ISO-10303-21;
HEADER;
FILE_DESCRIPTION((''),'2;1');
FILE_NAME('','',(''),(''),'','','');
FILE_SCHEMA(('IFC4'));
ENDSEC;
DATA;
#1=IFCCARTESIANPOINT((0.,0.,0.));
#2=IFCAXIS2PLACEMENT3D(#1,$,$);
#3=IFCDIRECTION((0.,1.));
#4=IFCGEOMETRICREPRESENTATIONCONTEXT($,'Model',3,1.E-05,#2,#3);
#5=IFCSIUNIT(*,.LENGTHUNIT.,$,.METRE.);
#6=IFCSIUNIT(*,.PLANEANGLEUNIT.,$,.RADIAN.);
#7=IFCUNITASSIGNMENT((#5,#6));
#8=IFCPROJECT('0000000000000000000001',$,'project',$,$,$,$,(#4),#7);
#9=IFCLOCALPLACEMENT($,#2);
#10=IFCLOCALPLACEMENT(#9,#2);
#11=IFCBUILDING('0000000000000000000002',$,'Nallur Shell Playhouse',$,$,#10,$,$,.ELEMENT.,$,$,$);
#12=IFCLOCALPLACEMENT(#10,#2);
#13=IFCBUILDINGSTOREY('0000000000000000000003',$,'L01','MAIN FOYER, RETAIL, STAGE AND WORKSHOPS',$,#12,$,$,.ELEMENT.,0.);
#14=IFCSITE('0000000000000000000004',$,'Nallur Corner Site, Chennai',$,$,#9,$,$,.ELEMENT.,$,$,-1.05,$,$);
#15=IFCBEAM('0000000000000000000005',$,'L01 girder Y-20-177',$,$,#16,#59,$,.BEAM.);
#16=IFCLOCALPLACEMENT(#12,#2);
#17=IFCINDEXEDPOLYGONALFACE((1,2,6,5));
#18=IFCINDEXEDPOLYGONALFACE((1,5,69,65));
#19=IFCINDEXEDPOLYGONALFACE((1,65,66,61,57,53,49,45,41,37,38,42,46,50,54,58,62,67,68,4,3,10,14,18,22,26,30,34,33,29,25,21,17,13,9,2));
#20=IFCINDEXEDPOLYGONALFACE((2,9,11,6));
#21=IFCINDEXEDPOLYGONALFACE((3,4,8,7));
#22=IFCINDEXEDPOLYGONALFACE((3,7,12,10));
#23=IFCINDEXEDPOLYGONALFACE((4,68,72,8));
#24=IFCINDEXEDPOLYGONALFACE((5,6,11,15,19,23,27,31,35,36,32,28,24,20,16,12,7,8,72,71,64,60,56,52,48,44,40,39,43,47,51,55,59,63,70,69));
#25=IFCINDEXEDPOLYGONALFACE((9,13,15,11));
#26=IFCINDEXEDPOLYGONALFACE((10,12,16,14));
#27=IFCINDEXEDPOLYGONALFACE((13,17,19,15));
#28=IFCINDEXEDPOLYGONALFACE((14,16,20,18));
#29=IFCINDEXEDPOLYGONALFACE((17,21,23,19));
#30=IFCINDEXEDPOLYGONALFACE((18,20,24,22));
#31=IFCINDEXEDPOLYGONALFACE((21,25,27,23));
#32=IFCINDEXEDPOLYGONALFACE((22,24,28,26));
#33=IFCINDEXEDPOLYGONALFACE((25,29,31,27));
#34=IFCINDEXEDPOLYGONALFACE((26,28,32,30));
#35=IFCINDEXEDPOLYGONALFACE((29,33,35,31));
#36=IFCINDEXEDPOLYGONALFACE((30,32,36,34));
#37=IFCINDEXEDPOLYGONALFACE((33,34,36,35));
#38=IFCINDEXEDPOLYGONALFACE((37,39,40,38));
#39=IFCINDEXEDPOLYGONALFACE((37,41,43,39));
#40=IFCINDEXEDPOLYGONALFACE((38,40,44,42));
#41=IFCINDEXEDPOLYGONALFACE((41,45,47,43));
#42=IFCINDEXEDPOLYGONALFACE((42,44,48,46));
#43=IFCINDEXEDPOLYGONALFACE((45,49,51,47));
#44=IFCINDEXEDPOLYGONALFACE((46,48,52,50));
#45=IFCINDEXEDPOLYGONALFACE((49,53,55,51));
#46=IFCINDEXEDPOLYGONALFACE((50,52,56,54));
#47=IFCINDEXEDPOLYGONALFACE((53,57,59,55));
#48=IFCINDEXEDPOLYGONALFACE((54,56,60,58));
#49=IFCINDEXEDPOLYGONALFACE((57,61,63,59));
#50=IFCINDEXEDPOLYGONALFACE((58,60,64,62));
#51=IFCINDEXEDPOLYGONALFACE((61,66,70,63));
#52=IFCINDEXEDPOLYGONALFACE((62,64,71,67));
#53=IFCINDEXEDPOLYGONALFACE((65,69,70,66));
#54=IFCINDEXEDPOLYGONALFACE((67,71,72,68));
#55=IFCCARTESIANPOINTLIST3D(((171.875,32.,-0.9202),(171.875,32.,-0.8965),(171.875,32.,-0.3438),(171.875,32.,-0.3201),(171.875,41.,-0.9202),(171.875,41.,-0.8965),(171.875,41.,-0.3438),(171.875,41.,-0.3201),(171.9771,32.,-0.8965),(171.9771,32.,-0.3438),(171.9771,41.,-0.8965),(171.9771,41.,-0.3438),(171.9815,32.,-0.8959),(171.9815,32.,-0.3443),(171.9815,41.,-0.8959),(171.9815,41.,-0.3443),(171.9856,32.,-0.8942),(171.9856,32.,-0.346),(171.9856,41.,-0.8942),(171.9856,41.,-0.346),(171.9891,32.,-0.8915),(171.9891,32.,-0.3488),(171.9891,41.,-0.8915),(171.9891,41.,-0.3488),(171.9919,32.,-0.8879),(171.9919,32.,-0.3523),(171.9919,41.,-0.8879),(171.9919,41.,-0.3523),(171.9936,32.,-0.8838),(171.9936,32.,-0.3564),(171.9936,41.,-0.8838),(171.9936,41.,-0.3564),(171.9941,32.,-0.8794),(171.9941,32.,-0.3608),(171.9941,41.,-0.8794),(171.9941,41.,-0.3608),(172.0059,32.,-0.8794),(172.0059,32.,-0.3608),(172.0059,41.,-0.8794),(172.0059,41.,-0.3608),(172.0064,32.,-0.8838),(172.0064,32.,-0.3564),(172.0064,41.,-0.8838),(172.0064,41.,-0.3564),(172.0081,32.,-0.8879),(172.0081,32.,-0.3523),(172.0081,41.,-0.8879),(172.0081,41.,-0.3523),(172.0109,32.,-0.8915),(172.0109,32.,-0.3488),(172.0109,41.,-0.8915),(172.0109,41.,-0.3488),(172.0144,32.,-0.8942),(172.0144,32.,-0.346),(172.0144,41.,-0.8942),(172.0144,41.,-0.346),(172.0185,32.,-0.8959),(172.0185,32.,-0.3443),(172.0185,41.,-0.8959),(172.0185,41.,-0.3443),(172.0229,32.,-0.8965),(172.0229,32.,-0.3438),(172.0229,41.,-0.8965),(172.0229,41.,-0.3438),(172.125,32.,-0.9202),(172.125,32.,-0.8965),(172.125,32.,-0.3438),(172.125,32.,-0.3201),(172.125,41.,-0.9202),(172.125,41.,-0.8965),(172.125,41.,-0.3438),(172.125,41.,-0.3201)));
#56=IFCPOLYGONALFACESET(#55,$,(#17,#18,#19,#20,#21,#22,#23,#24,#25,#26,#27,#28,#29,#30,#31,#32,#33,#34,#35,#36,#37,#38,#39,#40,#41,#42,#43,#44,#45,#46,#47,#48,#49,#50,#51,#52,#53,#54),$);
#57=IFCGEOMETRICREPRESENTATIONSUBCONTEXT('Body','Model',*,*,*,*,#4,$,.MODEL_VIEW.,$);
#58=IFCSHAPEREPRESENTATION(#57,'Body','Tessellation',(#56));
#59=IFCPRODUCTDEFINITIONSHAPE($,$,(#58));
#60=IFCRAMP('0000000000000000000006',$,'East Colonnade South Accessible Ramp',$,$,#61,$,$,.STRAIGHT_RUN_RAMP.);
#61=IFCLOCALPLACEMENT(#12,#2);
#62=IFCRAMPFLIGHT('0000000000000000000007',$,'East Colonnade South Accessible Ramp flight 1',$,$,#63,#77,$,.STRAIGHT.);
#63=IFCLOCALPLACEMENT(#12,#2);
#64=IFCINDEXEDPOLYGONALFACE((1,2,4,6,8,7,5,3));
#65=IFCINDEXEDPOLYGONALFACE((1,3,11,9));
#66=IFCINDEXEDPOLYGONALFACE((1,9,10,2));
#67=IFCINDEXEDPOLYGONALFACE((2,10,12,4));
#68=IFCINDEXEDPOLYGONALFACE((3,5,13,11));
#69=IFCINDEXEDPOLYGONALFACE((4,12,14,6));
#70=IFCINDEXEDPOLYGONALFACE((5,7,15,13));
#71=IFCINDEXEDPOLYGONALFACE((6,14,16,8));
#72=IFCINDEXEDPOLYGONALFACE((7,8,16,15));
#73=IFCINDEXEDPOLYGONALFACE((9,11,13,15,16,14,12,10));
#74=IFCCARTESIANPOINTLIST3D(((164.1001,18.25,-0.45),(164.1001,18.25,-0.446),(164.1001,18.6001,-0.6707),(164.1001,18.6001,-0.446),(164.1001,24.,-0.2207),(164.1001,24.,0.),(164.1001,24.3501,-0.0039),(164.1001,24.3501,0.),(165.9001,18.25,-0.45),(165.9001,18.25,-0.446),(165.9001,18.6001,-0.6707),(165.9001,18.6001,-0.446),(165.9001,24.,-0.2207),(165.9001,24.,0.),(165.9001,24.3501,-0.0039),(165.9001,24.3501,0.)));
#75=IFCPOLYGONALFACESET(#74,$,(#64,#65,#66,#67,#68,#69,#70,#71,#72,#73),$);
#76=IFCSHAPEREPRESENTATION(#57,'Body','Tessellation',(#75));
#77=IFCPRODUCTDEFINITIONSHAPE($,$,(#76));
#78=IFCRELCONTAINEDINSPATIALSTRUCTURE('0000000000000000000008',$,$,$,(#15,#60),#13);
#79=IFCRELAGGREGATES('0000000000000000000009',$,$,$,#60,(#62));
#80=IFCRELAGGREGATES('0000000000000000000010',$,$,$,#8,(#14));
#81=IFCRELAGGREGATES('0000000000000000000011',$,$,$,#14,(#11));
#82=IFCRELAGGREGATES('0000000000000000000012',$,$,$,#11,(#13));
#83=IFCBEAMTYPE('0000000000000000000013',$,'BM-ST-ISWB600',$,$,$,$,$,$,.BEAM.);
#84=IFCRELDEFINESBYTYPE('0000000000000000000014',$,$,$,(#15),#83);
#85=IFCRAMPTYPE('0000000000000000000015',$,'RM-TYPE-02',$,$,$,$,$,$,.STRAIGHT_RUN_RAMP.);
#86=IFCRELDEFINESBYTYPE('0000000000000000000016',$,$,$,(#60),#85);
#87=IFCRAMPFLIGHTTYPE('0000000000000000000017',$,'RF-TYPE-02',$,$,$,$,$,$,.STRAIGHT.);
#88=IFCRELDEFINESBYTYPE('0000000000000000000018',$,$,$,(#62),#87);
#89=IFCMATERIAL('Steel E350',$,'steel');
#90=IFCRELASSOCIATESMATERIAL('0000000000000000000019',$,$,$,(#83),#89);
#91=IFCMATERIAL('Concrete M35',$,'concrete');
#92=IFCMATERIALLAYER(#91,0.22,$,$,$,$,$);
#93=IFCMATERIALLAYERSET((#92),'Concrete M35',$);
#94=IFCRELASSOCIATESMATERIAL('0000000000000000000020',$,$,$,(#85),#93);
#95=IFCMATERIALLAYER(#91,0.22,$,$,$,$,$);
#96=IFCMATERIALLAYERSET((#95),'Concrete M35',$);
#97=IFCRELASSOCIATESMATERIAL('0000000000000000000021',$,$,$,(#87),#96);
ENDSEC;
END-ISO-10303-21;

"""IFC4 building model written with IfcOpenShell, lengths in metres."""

from ifc_helpers import new_model, si_unit, direction, frame, origin, origin_2d, place, context, subcontext, project, spatial, polyline, i_section, outline, extrude, material, layer, layer_set, material_profile, profile_set, type_object, element, aggregate, save


model = new_model("IFC4")

# Units and contexts
model_context = context("Model", 3, precision=1e-05, world=origin(), true_north=direction((0.0, 1.0)))
body_context = subcontext(model_context, "Body", "Model", "MODEL_VIEW")
ifc_project = project(units=[si_unit("LENGTHUNIT", "METRE"), si_unit("PLANEANGLEUNIT", "RADIAN")], contexts=[model_context])

# Site, building, storey
site_placement = place(None, origin())
site = spatial("IfcSite", under=ifc_project, at=site_placement, Name="Nallur Corner Site, Chennai", CompositionType="ELEMENT", RefElevation=-1.05)
building_placement = place(site_placement, origin())
building = spatial("IfcBuilding", under=site, at=building_placement, Name="Nallur Shell Playhouse", CompositionType="ELEMENT")
storey_placement = place(building_placement, origin())
storey = spatial("IfcBuildingStorey", under=building, at=storey_placement, Name="L01", Description="MAIN FOYER, RETAIL, STAGE AND WORKSHOPS", CompositionType="ELEMENT", Elevation=0.0)

# Shared definitions
ifc_material_1 = material(Name="Concrete M35", Category="concrete")
ifc_material_2 = material(Name="Steel E350", Category="steel")

# Beam
ifc_material_profile_1 = material_profile(ifc_material_2, i_section(OverallWidth=0.25, OverallDepth=0.6001, WebThickness=0.0117, FlangeThickness=0.0237, FilletRadius=0.0171, at=origin_2d()), Name="ISWB 600")
ifc_profile_set_1 = profile_set([ifc_material_profile_1], Name="Steel E350")
beam_type_1 = type_object("IfcBeamType", Name="BM-ST-ISWB600", PredefinedType="BEAM", material=ifc_profile_set_1)
beam_1_placement = place(storey_placement, frame((172.0, 32.0, -0.6201), z_axis=(0.0, 1.0, 0.0), x_axis=(-1.0, 0.0, 0.0)))
element("IfcBeam", 1, at=beam_1_placement, inside=storey, type_object=beam_type_1, Name="L01 girder Y-20-177", PredefinedType="BEAM", context=body_context, shape_type="SweptSolid", body=[
    extrude(i_section(OverallWidth=0.25, OverallDepth=0.6001, WebThickness=0.0117, FlangeThickness=0.0237, FilletRadius=0.0171, at=origin_2d()), origin(), (0.0, 0.0, 1.0), 9.0),
])

# Ramp, ramp flight
ifc_layer_1 = layer(ifc_material_1, 0.22)
ifc_layer_set_1 = layer_set([ifc_layer_1], Name="Concrete M35")
ramp_type = type_object("IfcRampType", Name="RM-TYPE-02", PredefinedType="STRAIGHT_RUN_RAMP", material=ifc_layer_set_1)
ramp_placement = place(storey_placement, origin())
ramp = element("IfcRamp", 2, at=ramp_placement, inside=storey, type_object=ramp_type, Name="East Colonnade South Accessible Ramp", PredefinedType="STRAIGHT_RUN_RAMP")
ifc_layer_2 = layer(ifc_material_1, 0.22)
ifc_layer_set_2 = layer_set([ifc_layer_2], Name="Concrete M35")
ramp_flight_type = type_object("IfcRampFlightType", Name="RF-TYPE-02", PredefinedType="STRAIGHT", material=ifc_layer_set_2)
ramp_flight_placement = place(storey_placement, frame((165.0, 18.6001, -0.45), z_axis=(0.0, 0.0, 1.0), x_axis=(0.0, 1.0, 0.0)))
ramp_flight = element("IfcRampFlight", 3, at=ramp_flight_placement, type_object=ramp_flight_type, Name="East Colonnade South Accessible Ramp flight 1", PredefinedType="STRAIGHT", context=body_context, shape_type="SweptSolid", body=[
    extrude(outline(polyline([(-0.3501, 0.0), (-0.3501, 0.0039), (0.0, 0.0039), (5.3999, 0.45), (5.75, 0.45), (5.75, 0.446), (5.3999, 0.2292), (0.0, -0.2207), (-0.3501, 0.0)])), frame((0.0, 0.8999, 0.0), z_axis=(0.0, -1.0, 0.0), x_axis=(1.0, 0.0, 0.0)), (0.0, 0.0, 1.0), 1.8),
])
aggregate(ramp, [ramp_flight])

save(model, "model.ifc")
